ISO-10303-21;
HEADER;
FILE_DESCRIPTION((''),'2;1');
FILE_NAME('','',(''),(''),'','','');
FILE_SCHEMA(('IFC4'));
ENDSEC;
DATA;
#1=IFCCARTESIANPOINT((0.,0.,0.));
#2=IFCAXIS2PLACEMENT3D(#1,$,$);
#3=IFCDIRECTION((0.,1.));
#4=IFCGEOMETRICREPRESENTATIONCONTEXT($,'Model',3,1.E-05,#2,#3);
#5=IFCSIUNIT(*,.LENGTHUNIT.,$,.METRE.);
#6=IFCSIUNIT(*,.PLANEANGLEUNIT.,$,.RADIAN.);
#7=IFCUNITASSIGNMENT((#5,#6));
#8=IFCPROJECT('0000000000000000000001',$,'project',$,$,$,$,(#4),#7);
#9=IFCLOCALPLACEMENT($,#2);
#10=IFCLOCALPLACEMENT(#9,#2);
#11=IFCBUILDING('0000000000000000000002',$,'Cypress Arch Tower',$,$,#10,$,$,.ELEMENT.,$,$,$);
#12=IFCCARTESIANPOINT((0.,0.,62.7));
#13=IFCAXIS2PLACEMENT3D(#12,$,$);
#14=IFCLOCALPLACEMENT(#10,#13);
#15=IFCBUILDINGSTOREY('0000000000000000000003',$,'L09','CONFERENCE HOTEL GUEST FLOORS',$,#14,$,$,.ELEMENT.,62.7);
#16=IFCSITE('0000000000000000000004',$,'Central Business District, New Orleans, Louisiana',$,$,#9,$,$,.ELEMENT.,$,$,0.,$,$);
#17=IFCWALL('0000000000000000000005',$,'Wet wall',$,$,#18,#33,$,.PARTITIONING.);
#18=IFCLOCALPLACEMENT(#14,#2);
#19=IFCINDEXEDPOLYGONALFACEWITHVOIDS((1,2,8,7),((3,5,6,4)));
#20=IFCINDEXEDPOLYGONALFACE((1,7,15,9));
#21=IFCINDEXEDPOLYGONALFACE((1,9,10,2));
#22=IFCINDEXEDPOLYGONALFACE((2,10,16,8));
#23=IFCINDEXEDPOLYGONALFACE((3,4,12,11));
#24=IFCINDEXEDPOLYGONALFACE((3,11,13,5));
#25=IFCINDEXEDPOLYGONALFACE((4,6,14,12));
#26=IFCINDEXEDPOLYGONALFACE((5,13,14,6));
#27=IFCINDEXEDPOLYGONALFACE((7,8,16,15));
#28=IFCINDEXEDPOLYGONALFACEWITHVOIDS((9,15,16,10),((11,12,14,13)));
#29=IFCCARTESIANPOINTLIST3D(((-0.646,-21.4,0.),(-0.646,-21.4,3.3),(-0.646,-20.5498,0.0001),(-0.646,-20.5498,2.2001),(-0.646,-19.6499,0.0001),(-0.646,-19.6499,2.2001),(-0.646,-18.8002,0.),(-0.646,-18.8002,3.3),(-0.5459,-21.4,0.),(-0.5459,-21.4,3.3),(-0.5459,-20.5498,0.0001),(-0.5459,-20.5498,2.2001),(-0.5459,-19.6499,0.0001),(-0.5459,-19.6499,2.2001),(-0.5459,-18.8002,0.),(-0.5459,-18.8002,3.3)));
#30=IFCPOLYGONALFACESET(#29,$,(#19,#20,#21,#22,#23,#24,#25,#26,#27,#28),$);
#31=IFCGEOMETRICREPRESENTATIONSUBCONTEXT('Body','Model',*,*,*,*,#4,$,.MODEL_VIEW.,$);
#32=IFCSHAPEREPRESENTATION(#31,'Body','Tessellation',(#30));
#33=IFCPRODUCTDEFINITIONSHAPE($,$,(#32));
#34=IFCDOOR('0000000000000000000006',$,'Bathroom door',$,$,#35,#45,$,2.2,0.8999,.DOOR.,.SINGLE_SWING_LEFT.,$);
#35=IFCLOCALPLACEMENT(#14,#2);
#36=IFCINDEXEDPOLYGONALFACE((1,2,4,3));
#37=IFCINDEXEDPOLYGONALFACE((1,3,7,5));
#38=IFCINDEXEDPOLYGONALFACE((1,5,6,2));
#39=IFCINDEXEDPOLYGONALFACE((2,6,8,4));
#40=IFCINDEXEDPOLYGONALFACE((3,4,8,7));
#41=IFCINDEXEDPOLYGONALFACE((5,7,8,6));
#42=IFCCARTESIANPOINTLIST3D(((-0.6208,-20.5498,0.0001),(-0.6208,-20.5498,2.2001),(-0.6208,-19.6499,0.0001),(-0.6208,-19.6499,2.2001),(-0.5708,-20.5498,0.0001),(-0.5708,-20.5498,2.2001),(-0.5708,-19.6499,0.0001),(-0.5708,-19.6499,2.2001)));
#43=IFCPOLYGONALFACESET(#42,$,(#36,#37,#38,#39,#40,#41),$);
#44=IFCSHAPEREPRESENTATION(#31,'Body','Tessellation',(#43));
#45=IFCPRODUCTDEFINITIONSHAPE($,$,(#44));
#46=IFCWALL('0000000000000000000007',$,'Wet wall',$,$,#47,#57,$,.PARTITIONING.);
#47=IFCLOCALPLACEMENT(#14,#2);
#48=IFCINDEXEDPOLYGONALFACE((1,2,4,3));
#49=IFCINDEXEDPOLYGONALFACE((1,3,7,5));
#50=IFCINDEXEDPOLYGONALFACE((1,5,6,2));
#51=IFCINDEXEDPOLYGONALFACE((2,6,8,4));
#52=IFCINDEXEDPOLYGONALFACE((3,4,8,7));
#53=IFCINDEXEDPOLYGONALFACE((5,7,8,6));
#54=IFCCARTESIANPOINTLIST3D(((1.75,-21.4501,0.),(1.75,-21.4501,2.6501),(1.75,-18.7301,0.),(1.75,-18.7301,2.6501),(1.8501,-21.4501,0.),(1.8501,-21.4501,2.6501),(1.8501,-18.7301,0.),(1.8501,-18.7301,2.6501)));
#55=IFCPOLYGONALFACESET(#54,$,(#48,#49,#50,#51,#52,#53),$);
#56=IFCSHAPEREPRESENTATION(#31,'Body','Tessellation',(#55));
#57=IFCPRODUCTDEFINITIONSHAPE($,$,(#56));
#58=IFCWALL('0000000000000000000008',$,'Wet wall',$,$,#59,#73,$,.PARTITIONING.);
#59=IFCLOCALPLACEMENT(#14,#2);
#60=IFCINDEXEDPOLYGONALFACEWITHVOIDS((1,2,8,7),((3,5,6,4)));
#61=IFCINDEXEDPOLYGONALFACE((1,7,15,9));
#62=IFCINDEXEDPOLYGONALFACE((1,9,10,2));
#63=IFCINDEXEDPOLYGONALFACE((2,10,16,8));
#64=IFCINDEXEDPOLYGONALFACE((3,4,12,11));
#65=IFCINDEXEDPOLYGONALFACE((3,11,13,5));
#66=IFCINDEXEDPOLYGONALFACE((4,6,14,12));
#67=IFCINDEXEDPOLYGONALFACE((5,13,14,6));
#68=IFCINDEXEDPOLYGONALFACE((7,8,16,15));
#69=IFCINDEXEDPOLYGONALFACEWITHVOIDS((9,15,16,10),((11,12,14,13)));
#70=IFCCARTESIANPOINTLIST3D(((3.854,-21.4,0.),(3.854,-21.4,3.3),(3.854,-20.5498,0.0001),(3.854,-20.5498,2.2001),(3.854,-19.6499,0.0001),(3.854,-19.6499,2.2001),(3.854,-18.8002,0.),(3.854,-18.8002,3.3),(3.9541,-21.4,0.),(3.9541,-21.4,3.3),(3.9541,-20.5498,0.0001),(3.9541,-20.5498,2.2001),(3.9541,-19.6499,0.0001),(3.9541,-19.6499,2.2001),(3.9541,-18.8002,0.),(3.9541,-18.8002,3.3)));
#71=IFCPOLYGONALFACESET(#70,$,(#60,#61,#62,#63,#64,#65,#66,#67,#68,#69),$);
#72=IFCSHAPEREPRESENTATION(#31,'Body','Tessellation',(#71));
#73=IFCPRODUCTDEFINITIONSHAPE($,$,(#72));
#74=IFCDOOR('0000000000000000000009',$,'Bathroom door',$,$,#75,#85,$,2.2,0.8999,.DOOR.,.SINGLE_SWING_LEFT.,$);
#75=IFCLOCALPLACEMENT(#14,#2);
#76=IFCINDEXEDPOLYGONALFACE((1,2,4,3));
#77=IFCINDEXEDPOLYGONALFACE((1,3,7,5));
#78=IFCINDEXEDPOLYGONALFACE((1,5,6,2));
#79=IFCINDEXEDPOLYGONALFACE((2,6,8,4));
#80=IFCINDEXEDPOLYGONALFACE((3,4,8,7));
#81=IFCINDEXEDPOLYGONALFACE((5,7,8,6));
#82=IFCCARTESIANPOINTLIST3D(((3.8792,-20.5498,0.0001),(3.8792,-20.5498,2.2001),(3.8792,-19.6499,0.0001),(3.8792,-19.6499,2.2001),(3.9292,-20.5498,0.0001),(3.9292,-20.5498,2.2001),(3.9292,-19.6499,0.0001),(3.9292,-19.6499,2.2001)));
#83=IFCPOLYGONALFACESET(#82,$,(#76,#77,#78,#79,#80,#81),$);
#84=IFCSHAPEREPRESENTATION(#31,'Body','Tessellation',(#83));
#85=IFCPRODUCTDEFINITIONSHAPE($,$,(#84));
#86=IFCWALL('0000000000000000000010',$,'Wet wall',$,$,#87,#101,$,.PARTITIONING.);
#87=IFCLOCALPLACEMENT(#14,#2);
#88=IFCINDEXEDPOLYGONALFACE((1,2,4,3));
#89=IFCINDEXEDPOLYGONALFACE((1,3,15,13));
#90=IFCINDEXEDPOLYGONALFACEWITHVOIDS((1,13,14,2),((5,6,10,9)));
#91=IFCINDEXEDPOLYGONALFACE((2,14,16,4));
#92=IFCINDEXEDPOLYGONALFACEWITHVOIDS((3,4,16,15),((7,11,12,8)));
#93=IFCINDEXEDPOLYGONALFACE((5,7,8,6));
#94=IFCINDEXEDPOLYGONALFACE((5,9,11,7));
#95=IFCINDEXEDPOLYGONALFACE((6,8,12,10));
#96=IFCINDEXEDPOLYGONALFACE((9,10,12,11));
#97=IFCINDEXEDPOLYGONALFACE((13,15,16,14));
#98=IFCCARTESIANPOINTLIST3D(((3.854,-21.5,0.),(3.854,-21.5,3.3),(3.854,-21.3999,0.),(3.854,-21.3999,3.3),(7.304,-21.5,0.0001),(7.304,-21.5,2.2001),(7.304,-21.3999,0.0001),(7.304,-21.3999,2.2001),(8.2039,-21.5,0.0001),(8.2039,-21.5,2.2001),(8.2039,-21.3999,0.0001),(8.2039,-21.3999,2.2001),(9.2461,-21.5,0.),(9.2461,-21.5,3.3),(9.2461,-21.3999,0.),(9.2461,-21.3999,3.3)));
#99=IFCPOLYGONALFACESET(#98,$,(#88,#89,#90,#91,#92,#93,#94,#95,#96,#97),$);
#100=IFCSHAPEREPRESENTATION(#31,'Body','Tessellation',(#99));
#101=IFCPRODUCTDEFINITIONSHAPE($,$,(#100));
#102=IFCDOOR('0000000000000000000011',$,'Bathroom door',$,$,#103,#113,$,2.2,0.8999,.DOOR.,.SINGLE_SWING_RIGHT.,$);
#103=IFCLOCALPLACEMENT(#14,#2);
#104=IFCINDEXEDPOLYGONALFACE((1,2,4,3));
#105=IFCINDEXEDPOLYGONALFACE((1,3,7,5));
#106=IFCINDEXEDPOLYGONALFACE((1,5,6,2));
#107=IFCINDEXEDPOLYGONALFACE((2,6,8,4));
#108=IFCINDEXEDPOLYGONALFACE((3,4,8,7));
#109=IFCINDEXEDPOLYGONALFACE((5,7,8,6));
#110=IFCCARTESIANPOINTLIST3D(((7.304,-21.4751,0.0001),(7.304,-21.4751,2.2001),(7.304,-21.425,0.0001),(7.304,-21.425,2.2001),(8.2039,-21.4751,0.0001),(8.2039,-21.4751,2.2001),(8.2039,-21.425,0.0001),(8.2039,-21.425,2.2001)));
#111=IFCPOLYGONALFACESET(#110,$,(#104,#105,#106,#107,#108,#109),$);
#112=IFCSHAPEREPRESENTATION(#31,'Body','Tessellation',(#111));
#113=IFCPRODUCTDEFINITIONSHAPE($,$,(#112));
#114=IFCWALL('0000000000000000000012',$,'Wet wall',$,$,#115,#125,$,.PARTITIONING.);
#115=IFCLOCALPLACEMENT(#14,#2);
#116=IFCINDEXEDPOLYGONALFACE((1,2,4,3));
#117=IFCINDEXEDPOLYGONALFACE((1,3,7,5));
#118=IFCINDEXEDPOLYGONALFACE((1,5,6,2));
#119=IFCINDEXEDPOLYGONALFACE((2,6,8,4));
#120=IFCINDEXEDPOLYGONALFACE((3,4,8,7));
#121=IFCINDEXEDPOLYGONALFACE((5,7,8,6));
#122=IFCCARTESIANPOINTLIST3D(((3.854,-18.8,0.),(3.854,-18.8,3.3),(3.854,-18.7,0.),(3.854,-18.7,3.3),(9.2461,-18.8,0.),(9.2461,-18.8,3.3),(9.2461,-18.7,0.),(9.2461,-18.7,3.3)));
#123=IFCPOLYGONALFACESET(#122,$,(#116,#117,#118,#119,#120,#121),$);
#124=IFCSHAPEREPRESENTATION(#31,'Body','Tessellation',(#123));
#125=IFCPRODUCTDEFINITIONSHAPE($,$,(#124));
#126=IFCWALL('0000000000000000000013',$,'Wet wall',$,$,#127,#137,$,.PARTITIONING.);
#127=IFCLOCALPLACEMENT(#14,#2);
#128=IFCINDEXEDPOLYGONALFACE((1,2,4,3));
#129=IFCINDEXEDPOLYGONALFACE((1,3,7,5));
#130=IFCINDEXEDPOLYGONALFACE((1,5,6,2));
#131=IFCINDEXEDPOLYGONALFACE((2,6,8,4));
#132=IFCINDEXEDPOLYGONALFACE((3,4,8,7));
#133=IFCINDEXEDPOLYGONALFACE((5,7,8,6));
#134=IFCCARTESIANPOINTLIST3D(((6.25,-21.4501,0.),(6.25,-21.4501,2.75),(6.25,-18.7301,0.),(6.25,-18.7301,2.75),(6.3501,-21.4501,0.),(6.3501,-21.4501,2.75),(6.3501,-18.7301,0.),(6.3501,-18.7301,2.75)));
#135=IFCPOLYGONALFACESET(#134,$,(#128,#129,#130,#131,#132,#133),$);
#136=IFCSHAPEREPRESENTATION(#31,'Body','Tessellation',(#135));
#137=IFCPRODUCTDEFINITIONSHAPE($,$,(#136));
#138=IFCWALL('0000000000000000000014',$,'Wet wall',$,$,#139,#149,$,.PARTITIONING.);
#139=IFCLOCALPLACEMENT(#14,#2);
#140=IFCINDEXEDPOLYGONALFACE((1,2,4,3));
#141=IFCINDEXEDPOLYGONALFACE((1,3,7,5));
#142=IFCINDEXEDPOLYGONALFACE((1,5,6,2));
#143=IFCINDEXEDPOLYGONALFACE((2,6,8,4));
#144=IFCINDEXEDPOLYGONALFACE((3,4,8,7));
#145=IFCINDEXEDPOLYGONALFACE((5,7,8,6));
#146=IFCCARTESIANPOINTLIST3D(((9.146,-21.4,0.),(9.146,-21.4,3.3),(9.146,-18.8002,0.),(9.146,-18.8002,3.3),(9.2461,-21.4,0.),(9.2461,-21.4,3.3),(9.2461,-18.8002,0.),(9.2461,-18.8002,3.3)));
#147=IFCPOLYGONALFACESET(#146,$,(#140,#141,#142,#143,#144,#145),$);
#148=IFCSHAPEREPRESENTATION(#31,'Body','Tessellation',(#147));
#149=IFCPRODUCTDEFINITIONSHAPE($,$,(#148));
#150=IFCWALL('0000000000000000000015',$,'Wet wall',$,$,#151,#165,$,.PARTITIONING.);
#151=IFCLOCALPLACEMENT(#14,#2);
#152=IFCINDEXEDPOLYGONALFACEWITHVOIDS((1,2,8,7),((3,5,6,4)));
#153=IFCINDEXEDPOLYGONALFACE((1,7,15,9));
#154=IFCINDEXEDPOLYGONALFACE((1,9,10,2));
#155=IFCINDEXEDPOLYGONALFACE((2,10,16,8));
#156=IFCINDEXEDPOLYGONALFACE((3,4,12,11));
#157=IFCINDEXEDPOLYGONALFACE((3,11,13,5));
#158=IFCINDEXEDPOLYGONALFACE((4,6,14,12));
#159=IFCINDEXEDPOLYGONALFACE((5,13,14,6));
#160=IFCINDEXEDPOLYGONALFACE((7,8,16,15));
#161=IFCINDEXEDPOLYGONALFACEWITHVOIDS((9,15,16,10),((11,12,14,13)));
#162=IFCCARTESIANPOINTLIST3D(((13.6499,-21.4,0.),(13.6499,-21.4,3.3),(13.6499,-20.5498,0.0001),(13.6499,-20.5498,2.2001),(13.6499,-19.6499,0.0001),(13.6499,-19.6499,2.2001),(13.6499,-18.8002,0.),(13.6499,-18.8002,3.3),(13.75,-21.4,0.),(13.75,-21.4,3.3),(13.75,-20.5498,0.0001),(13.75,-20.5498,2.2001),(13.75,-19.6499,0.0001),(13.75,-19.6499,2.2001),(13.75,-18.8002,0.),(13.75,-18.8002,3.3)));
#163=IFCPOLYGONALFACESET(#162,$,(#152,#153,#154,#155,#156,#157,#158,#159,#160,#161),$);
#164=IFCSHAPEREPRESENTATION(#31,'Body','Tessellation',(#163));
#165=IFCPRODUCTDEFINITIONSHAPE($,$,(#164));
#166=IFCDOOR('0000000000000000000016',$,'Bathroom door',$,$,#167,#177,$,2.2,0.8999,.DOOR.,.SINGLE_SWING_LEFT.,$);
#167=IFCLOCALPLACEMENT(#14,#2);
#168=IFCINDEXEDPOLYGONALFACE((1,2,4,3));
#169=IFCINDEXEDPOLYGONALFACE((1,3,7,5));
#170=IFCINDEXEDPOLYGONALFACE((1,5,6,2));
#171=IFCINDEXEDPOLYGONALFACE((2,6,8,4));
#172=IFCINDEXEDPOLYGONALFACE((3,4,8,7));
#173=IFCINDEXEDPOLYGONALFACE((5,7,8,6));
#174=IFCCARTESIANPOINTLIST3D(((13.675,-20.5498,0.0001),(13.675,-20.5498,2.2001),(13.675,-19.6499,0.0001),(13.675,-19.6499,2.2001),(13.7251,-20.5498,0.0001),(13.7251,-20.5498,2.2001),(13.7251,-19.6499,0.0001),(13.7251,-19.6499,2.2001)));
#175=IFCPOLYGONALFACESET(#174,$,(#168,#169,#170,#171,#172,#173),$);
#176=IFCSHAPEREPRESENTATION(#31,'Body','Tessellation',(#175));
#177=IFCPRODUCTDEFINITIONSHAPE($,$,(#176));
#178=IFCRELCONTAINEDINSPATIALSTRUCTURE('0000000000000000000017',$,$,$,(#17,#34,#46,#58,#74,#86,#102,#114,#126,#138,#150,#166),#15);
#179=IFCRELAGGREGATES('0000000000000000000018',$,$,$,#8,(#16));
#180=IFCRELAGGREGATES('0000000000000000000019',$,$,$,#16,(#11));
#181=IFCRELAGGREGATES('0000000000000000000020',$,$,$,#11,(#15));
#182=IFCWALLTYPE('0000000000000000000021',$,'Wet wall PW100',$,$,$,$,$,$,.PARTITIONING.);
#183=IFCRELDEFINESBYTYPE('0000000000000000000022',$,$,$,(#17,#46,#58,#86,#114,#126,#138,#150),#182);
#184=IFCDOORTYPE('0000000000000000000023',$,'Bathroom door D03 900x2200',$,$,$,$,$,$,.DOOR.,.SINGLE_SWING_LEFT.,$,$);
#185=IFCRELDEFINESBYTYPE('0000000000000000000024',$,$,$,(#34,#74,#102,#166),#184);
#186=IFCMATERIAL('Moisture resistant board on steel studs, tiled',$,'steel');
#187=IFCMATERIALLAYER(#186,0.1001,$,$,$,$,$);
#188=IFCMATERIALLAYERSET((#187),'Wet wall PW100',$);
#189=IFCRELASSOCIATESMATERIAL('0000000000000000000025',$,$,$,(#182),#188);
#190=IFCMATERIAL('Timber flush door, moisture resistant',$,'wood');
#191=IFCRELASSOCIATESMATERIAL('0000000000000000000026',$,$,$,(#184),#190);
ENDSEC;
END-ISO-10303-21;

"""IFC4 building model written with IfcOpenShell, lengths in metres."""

from ifc_helpers import new_model, si_unit, direction, frame, frame_2d, origin, place, context, subcontext, project, spatial, rectangle, extrude, material, layer, layer_set, type_object, element, fill, save


model = new_model("IFC4")

# Units and contexts
model_context = context("Model", 3, precision=1e-05, world=origin(), true_north=direction((0.0, 1.0)))
body_context = subcontext(model_context, "Body", "Model", "MODEL_VIEW")
ifc_project = project(units=[si_unit("LENGTHUNIT", "METRE"), si_unit("PLANEANGLEUNIT", "RADIAN")], contexts=[model_context])

# Site, building, storey
site_placement = place(None, origin())
site = spatial("IfcSite", under=ifc_project, at=site_placement, Name="Central Business District, New Orleans, Louisiana", CompositionType="ELEMENT", RefElevation=0.0)
building_placement = place(site_placement, origin())
building = spatial("IfcBuilding", under=site, at=building_placement, Name="Cypress Arch Tower", CompositionType="ELEMENT")
storey_placement = place(building_placement, frame((0.0, 0.0, 62.7)))
storey = spatial("IfcBuildingStorey", under=building, at=storey_placement, Name="L09", Description="CONFERENCE HOTEL GUEST FLOORS", CompositionType="ELEMENT", Elevation=62.7)

# Wall, opening, door
ifc_material_1 = material(Name="Moisture resistant board on steel studs, tiled", Category="steel")
ifc_layer_1 = layer(ifc_material_1, 0.1001)
ifc_layer_set_1 = layer_set([ifc_layer_1], Name="Wet wall PW100")
wall_type_1 = type_object("IfcWallType", Name="Wet wall PW100", PredefinedType="PARTITIONING", material=ifc_layer_set_1)
wall_1_placement = place(storey_placement, frame((-0.5959, -21.3999, 0.0), z_axis=(0.0, 0.0, 1.0), x_axis=(0.0, 1.0, 0.0)))
wall_1 = element("IfcWall", 1, at=wall_1_placement, inside=storey, type_object=wall_type_1, Name="Wet wall", PredefinedType="PARTITIONING", context=body_context, shape_type="SweptSolid", body=[
    extrude(rectangle(XDim=2.5999, YDim=0.1001, at=frame_2d((1.2998, 0.0))), origin(), (0.0, 0.0, 1.0), 3.3),
])
opening_1_placement = place(wall_1_placement, frame((0.8501, 0.0, 0.0)))
opening_1 = element("IfcOpeningElement", 2, at=opening_1_placement, cuts=wall_1, PredefinedType="OPENING", context=body_context, shape_type="SweptSolid", body=[
    extrude(rectangle(XDim=0.8999, YDim=2.2, at=frame_2d((0.45, 1.1001))), frame((0.0, 0.0601, 0.0), z_axis=(0.0, -1.0, 0.0), x_axis=(1.0, 0.0, 0.0)), (0.0, 0.0, 1.0), 0.1201),
])
ifc_material_2 = material(Name="Timber flush door, moisture resistant", Category="wood")
door_type_1 = type_object("IfcDoorType", Name="Bathroom door D03 900x2200", OperationType="SINGLE_SWING_LEFT", PredefinedType="DOOR", material=ifc_material_2)
door_1_placement = place(opening_1_placement, origin())
door_1 = element("IfcDoor", 3, at=door_1_placement, inside=storey, type_object=door_type_1, Name="Bathroom door", OperationType="SINGLE_SWING_LEFT", OverallHeight=2.2, OverallWidth=0.8999, PredefinedType="DOOR", context=body_context, shape_type="SweptSolid", body=[
    extrude(rectangle(XDim=0.8999, YDim=2.2, at=frame_2d((0.45, 1.1001))), frame((0.0, 0.0249, 0.0), z_axis=(0.0, -1.0, 0.0), x_axis=(1.0, 0.0, 0.0)), (0.0, 0.0, 1.0), 0.05),
])
fill(opening_1, door_1)

# Wall
wall_2_placement = place(storey_placement, frame((1.8, -21.45, 0.0), z_axis=(0.0, 0.0, 1.0), x_axis=(0.0, 1.0, 0.0)))
element("IfcWall", 4, at=wall_2_placement, inside=storey, type_object=wall_type_1, Name="Wet wall", PredefinedType="PARTITIONING", context=body_context, shape_type="SweptSolid", body=[
    extrude(rectangle(XDim=2.72, YDim=0.1001, at=frame_2d((1.3599, 0.0))), origin(), (0.0, 0.0, 1.0), 2.6501),
])

# Walls, openings, doors
wall_3_placement = place(storey_placement, frame((3.9041, -21.3999, 0.0), z_axis=(0.0, 0.0, 1.0), x_axis=(0.0, 1.0, 0.0)))
wall_3 = element("IfcWall", 5, at=wall_3_placement, inside=storey, type_object=wall_type_1, Name="Wet wall", PredefinedType="PARTITIONING", context=body_context, shape_type="SweptSolid", body=[
    extrude(rectangle(XDim=2.5999, YDim=0.1001, at=frame_2d((1.2998, 0.0))), origin(), (0.0, 0.0, 1.0), 3.3),
])
opening_2_placement = place(wall_3_placement, frame((0.8501, 0.0, 0.0)))
opening_2 = element("IfcOpeningElement", 6, at=opening_2_placement, cuts=wall_3, PredefinedType="OPENING", context=body_context, shape_type="SweptSolid", body=[
    extrude(rectangle(XDim=0.8999, YDim=2.2, at=frame_2d((0.45, 1.1001))), frame((0.0, 0.0601, 0.0), z_axis=(0.0, -1.0, 0.0), x_axis=(1.0, 0.0, 0.0)), (0.0, 0.0, 1.0), 0.1201),
])
door_2_placement = place(opening_2_placement, origin())
door_2 = element("IfcDoor", 7, at=door_2_placement, inside=storey, type_object=door_type_1, Name="Bathroom door", OperationType="SINGLE_SWING_LEFT", OverallHeight=2.2, OverallWidth=0.8999, PredefinedType="DOOR", context=body_context, shape_type="SweptSolid", body=[
    extrude(rectangle(XDim=0.8999, YDim=2.2, at=frame_2d((0.45, 1.1001))), frame((0.0, 0.0249, 0.0), z_axis=(0.0, -1.0, 0.0), x_axis=(1.0, 0.0, 0.0)), (0.0, 0.0, 1.0), 0.05),
])
fill(opening_2, door_2)
wall_4_placement = place(storey_placement, frame((3.854, -21.45, 0.0), z_axis=(0.0, 0.0, 1.0), x_axis=(1.0, 0.0, 0.0)))
wall_4 = element("IfcWall", 8, at=wall_4_placement, inside=storey, type_object=wall_type_1, Name="Wet wall", PredefinedType="PARTITIONING", context=body_context, shape_type="SweptSolid", body=[
    extrude(rectangle(XDim=5.3921, YDim=0.1001, at=frame_2d((2.696, 0.0))), origin(), (0.0, 0.0, 1.0), 3.3),
])
opening_3_placement = place(wall_4_placement, frame((3.45, 0.0, 0.0)))
opening_3 = element("IfcOpeningElement", 9, at=opening_3_placement, cuts=wall_4, PredefinedType="OPENING", context=body_context, shape_type="SweptSolid", body=[
    extrude(rectangle(XDim=0.8999, YDim=2.2, at=frame_2d((0.45, 1.1001))), frame((0.0, 0.0601, 0.0), z_axis=(0.0, -1.0, 0.0), x_axis=(1.0, 0.0, 0.0)), (0.0, 0.0, 1.0), 0.1201),
])
door_3_placement = place(opening_3_placement, origin())
door_3 = element("IfcDoor", 10, at=door_3_placement, inside=storey, type_object=door_type_1, Name="Bathroom door", OperationType="SINGLE_SWING_RIGHT", OverallHeight=2.2, OverallWidth=0.8999, PredefinedType="DOOR", context=body_context, shape_type="SweptSolid", body=[
    extrude(rectangle(XDim=0.8999, YDim=2.2, at=frame_2d((0.45, 1.1001))), frame((0.0, 0.0249, 0.0), z_axis=(0.0, -1.0, 0.0), x_axis=(1.0, 0.0, 0.0)), (0.0, 0.0, 1.0), 0.05),
])
fill(opening_3, door_3)

# Walls
wall_5_placement = place(storey_placement, frame((3.854, -18.75, 0.0), z_axis=(0.0, 0.0, 1.0), x_axis=(1.0, 0.0, 0.0)))
element("IfcWall", 11, at=wall_5_placement, inside=storey, type_object=wall_type_1, Name="Wet wall", PredefinedType="PARTITIONING", context=body_context, shape_type="SweptSolid", body=[
    extrude(rectangle(XDim=5.3921, YDim=0.1001, at=frame_2d((2.696, 0.0))), origin(), (0.0, 0.0, 1.0), 3.3),
])
wall_6_placement = place(storey_placement, frame((6.3, -21.45, 0.0), z_axis=(0.0, 0.0, 1.0), x_axis=(0.0, 1.0, 0.0)))
element("IfcWall", 12, at=wall_6_placement, inside=storey, type_object=wall_type_1, Name="Wet wall", PredefinedType="PARTITIONING", context=body_context, shape_type="SweptSolid", body=[
    extrude(rectangle(XDim=2.72, YDim=0.1001, at=frame_2d((1.3599, 0.0))), origin(), (0.0, 0.0, 1.0), 2.75),
])
wall_7_placement = place(storey_placement, frame((9.196, -21.3999, 0.0), z_axis=(0.0, 0.0, 1.0), x_axis=(0.0, 1.0, 0.0)))
element("IfcWall", 13, at=wall_7_placement, inside=storey, type_object=wall_type_1, Name="Wet wall", PredefinedType="PARTITIONING", context=body_context, shape_type="SweptSolid", body=[
    extrude(rectangle(XDim=2.5999, YDim=0.1001, at=frame_2d((1.2998, 0.0))), origin(), (0.0, 0.0, 1.0), 3.3),
])

# Wall, opening, door
wall_8_placement = place(storey_placement, frame((13.7, -21.3999, 0.0), z_axis=(0.0, 0.0, 1.0), x_axis=(0.0, 1.0, 0.0)))
wall_8 = element("IfcWall", 14, at=wall_8_placement, inside=storey, type_object=wall_type_1, Name="Wet wall", PredefinedType="PARTITIONING", context=body_context, shape_type="SweptSolid", body=[
    extrude(rectangle(XDim=2.5999, YDim=0.1001, at=frame_2d((1.2998, 0.0))), origin(), (0.0, 0.0, 1.0), 3.3),
])
opening_4_placement = place(wall_8_placement, frame((0.8501, 0.0, 0.0)))
opening_4 = element("IfcOpeningElement", 15, at=opening_4_placement, cuts=wall_8, PredefinedType="OPENING", context=body_context, shape_type="SweptSolid", body=[
    extrude(rectangle(XDim=0.8999, YDim=2.2, at=frame_2d((0.45, 1.1001))), frame((0.0, 0.0601, 0.0), z_axis=(0.0, -1.0, 0.0), x_axis=(1.0, 0.0, 0.0)), (0.0, 0.0, 1.0), 0.1201),
])
door_4_placement = place(opening_4_placement, origin())
door_4 = element("IfcDoor", 16, at=door_4_placement, inside=storey, type_object=door_type_1, Name="Bathroom door", OperationType="SINGLE_SWING_LEFT", OverallHeight=2.2, OverallWidth=0.8999, PredefinedType="DOOR", context=body_context, shape_type="SweptSolid", body=[
    extrude(rectangle(XDim=0.8999, YDim=2.2, at=frame_2d((0.45, 1.1001))), frame((0.0, 0.0249, 0.0), z_axis=(0.0, -1.0, 0.0), x_axis=(1.0, 0.0, 0.0)), (0.0, 0.0, 1.0), 0.05),
])
fill(opening_4, door_4)

save(model, "model.ifc")
